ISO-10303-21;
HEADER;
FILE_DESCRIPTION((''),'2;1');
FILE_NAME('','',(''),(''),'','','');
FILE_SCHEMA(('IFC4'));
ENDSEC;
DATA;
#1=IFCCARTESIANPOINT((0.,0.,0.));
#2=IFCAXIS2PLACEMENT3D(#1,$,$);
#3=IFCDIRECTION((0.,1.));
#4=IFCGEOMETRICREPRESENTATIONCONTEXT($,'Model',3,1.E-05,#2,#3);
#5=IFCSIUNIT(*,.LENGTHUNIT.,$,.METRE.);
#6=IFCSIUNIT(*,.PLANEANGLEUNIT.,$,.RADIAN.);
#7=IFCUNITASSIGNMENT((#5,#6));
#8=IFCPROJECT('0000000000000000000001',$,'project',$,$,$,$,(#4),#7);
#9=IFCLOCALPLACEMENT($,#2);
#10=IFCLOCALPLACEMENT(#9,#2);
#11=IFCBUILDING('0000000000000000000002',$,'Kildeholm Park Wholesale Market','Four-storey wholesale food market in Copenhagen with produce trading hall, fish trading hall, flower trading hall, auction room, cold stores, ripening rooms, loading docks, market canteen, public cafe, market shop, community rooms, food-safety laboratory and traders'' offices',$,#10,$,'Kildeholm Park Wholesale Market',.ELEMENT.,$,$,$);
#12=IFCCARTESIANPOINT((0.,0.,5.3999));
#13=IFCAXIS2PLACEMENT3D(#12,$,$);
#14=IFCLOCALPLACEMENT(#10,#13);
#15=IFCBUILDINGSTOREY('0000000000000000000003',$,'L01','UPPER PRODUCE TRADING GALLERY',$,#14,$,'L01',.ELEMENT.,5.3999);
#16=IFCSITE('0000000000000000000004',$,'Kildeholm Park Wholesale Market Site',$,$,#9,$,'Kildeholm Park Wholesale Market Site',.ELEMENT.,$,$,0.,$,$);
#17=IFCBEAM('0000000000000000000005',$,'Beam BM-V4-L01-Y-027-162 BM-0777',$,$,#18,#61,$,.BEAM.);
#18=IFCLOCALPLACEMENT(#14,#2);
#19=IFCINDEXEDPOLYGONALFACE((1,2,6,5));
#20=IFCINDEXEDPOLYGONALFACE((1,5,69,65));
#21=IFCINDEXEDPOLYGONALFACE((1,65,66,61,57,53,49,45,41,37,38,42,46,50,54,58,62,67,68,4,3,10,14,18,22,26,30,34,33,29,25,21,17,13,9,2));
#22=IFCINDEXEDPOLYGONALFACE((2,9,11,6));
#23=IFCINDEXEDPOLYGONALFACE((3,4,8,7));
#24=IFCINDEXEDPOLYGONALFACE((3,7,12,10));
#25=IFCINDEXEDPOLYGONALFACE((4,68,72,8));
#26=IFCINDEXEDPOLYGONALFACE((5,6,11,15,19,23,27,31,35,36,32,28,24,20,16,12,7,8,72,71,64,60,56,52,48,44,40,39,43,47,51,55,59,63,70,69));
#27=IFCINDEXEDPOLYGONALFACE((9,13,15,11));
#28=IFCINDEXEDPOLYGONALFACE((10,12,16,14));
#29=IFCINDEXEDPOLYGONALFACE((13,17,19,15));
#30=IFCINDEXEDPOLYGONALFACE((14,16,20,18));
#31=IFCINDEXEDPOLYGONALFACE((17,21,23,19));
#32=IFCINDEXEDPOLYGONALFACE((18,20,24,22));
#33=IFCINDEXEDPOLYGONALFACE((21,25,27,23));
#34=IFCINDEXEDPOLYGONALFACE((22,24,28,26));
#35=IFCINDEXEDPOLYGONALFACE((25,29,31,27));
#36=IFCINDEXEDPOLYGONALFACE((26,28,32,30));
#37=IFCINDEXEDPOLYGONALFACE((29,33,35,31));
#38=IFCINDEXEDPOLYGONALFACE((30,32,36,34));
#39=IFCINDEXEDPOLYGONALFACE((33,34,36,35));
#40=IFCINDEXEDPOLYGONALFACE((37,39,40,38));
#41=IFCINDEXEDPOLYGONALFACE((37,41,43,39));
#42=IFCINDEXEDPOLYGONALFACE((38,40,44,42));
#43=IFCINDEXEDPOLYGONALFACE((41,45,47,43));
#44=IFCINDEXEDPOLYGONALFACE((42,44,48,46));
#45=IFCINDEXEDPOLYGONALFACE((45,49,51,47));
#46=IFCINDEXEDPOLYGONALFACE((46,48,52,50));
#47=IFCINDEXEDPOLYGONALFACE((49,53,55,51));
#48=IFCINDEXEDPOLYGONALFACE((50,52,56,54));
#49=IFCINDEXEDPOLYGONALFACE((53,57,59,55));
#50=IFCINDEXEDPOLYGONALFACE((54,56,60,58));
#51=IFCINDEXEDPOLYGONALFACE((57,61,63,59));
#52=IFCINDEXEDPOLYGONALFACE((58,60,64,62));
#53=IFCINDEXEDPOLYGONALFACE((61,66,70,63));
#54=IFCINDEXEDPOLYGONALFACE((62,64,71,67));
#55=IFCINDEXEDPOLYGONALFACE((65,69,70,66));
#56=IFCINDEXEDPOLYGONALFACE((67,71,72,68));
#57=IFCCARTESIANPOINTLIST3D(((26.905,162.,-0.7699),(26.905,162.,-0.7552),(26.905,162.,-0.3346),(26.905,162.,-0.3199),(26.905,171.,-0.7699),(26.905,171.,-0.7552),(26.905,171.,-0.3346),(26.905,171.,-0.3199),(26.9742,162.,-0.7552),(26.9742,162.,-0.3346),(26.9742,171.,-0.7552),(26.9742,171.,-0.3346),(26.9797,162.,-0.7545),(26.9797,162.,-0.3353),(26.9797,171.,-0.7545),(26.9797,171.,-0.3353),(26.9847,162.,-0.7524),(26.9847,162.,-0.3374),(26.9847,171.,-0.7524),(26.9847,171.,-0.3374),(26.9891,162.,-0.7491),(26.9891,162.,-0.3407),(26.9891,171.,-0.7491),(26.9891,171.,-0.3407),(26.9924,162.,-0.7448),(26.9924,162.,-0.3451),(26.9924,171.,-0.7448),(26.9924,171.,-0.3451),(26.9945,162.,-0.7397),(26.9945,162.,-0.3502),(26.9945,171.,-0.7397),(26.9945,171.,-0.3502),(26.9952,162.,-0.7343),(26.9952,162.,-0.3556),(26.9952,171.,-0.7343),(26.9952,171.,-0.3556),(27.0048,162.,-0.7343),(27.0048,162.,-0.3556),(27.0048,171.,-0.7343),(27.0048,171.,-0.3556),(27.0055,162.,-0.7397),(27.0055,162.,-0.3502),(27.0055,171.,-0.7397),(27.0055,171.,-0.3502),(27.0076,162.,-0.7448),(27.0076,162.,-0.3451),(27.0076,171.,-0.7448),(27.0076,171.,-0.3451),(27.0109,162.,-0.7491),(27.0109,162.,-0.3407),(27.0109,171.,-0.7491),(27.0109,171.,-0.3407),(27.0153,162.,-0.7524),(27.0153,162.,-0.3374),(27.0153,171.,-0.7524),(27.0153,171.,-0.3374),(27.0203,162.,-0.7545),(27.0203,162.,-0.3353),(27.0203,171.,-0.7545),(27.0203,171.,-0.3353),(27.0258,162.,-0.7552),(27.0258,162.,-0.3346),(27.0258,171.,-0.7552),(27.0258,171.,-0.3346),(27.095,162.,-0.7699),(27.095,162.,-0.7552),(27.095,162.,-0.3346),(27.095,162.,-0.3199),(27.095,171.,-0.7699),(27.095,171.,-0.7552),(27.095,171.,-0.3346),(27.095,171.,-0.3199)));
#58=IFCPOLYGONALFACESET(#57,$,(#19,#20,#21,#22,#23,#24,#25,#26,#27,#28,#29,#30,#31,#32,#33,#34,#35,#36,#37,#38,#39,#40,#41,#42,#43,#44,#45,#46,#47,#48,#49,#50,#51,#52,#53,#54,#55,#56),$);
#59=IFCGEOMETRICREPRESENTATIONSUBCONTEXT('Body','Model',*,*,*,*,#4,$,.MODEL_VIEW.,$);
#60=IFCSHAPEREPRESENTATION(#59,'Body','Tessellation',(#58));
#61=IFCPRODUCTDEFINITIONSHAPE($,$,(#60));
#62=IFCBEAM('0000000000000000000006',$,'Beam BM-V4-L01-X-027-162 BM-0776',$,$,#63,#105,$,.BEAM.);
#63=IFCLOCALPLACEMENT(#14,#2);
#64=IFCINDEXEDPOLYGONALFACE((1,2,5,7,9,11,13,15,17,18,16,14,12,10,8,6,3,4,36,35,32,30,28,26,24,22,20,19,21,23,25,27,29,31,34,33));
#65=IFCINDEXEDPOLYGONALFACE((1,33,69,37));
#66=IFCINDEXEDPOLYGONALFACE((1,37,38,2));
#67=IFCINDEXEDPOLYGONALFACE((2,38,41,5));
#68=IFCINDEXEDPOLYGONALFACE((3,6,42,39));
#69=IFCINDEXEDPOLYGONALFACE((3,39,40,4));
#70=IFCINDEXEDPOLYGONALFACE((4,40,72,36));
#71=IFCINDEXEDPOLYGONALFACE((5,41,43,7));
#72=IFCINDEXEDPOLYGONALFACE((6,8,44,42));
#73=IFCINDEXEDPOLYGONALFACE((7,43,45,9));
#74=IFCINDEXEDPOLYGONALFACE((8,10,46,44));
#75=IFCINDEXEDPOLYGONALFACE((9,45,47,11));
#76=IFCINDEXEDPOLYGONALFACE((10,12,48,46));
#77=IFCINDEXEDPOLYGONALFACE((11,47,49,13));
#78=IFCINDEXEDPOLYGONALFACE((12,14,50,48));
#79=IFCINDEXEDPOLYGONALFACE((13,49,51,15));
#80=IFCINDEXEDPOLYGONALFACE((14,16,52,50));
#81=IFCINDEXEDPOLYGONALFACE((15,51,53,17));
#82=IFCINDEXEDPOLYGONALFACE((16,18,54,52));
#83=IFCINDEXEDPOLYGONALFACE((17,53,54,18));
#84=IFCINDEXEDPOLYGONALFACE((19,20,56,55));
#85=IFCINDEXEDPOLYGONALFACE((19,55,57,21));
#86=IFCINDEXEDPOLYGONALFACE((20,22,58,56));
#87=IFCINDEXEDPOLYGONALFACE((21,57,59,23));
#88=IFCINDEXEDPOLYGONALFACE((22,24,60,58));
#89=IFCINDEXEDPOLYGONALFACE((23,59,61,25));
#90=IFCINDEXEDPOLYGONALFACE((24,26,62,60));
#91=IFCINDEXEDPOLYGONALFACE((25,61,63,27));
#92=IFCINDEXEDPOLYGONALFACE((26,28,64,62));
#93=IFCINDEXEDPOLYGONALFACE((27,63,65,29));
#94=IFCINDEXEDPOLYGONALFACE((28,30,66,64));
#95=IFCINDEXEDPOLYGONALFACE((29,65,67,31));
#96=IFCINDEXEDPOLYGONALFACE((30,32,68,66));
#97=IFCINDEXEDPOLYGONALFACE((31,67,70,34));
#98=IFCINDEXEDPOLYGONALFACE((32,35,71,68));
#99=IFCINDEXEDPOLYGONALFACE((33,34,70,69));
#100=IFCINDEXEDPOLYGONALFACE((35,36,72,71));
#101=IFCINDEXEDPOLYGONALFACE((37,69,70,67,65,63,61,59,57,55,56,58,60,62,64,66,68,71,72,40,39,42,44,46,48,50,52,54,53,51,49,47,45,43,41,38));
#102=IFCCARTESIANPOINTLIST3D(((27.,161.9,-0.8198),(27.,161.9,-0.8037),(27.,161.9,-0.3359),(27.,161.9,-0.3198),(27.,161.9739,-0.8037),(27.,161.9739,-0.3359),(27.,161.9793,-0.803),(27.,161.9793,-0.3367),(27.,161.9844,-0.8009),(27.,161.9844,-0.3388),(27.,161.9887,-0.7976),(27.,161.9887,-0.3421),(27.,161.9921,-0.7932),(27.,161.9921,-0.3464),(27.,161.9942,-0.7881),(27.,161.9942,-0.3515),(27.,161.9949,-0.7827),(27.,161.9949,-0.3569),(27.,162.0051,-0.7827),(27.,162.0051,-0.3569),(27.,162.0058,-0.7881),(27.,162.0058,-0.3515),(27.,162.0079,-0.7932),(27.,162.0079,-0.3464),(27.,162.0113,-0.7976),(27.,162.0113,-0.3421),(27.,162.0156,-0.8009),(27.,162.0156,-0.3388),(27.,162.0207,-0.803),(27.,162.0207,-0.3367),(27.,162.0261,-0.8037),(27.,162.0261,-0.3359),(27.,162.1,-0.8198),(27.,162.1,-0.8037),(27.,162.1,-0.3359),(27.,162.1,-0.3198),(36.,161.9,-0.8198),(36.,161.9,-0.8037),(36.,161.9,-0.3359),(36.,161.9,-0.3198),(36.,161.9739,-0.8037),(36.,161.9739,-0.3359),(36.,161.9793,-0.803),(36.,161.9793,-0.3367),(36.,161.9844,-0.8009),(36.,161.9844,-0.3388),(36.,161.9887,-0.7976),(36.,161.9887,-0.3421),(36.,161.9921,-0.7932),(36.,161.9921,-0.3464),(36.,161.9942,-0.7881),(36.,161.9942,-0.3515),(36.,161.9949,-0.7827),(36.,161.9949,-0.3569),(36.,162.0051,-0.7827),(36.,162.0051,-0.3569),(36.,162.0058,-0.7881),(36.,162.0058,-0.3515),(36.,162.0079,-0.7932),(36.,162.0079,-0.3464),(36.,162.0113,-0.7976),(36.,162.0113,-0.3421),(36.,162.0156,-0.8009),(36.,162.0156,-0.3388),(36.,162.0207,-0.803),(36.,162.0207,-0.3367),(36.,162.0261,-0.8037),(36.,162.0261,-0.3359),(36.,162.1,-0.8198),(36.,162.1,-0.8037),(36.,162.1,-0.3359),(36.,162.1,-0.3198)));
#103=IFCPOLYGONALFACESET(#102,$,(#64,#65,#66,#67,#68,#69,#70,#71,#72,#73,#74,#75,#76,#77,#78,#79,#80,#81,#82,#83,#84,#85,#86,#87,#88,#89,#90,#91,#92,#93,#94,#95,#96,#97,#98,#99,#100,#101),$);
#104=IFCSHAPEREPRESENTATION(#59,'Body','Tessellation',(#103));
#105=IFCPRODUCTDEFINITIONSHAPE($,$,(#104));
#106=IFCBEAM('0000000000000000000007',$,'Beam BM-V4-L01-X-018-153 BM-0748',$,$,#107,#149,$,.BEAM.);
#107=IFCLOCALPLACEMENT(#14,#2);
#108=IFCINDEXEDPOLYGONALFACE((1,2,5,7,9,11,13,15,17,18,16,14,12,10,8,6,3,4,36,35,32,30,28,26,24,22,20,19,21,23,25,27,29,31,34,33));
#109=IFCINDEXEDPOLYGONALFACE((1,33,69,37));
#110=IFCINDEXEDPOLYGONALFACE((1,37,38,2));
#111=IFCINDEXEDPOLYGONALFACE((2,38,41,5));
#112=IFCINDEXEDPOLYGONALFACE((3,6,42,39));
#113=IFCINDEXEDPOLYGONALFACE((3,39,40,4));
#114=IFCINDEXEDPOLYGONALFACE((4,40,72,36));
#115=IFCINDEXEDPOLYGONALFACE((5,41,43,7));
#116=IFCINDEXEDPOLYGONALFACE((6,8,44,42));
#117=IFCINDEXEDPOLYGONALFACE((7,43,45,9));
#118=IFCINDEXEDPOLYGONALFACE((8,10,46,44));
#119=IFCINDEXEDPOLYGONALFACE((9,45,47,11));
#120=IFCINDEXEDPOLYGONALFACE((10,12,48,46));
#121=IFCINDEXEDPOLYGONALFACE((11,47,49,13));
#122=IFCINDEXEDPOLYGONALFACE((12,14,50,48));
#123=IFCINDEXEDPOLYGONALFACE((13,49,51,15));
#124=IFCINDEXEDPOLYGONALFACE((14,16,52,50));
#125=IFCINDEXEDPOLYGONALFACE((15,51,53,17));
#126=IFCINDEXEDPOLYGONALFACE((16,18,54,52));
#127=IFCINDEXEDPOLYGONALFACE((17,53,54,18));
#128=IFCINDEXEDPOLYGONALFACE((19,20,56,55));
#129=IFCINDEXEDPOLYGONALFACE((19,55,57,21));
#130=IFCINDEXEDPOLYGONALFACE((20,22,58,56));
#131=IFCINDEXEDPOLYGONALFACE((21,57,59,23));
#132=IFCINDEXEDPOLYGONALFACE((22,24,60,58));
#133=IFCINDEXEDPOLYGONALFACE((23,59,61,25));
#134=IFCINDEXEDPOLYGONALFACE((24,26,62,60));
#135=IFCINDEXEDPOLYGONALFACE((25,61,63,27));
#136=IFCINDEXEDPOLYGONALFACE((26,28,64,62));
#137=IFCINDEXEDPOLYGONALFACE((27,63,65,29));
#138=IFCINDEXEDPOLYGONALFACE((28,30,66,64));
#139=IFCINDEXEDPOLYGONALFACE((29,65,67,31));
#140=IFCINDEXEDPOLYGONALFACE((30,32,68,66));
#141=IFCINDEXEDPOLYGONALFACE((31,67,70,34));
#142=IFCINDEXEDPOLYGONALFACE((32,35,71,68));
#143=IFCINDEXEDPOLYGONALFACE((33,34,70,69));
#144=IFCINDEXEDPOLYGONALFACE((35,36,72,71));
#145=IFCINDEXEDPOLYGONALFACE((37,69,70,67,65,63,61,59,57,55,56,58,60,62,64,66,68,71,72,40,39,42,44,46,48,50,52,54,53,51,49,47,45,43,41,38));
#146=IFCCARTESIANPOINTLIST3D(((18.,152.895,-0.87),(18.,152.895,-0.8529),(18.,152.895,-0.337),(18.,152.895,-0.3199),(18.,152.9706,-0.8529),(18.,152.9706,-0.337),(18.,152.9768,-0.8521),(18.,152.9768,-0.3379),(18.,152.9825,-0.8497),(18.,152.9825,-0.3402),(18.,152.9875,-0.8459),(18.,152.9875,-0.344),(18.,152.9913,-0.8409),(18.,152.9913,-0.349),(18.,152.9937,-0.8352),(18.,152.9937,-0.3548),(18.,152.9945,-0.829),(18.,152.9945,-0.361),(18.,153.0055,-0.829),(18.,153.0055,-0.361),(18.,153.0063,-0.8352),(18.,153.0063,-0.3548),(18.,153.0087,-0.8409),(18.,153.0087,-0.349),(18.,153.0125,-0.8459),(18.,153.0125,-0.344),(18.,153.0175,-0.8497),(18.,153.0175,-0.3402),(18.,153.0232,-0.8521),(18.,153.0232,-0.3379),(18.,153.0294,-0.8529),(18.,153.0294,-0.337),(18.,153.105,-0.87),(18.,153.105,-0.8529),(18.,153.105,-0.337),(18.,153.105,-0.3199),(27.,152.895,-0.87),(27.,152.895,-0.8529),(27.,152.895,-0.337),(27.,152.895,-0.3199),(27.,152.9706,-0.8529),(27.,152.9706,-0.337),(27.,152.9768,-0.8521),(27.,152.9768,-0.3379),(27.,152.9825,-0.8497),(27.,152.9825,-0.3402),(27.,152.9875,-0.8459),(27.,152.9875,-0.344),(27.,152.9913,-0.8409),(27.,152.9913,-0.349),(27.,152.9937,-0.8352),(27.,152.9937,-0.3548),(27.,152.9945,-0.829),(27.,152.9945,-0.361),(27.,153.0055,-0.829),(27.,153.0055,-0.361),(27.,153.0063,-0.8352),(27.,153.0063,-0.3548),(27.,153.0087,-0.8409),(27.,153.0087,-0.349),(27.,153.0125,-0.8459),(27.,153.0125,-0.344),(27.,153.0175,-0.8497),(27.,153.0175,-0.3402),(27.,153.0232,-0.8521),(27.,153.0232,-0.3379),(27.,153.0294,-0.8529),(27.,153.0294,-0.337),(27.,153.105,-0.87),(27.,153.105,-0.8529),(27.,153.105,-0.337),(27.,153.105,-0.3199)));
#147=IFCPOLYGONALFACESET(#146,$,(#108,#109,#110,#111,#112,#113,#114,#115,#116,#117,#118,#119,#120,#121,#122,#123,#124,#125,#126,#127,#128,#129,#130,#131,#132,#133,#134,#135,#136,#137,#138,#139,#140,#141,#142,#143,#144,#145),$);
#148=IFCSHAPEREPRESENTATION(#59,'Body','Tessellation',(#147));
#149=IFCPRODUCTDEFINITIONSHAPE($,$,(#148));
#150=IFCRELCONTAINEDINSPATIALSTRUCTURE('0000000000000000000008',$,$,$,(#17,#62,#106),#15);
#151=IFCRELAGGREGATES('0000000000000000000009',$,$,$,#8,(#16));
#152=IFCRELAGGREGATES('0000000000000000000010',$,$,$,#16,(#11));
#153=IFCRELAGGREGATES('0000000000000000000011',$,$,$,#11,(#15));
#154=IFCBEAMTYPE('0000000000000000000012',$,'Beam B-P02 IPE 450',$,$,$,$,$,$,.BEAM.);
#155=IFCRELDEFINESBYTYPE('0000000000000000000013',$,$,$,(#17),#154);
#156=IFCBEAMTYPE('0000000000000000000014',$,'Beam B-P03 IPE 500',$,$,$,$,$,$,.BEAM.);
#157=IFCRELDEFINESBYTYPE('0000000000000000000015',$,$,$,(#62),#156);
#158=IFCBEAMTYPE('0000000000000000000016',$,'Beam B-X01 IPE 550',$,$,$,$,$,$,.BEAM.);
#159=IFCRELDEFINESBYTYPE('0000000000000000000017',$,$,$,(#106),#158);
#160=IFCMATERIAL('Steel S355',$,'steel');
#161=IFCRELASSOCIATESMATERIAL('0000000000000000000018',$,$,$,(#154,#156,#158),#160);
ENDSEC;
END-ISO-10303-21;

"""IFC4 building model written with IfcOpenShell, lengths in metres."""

from ifc_helpers import new_model, si_unit, direction, frame, origin, origin_2d, place, context, subcontext, project, spatial, i_section, extrude, material, material_profile, profile_set, type_object, element, save


model = new_model("IFC4")

# Units and contexts
model_context = context("Model", 3, precision=1e-05, world=origin(), true_north=direction((0.0, 1.0)))
body_context = subcontext(model_context, "Body", "Model", "MODEL_VIEW")
ifc_project = project(units=[si_unit("LENGTHUNIT", "METRE"), si_unit("PLANEANGLEUNIT", "RADIAN")], contexts=[model_context])

# Site, building, storey
site_placement = place(None, origin())
site = spatial("IfcSite", under=ifc_project, at=site_placement, Name="Kildeholm Park Wholesale Market Site", LongName="Kildeholm Park Wholesale Market Site", CompositionType="ELEMENT", RefElevation=0.0)
building_placement = place(site_placement, origin())
building = spatial("IfcBuilding", under=site, at=building_placement, Name="Kildeholm Park Wholesale Market", Description="Four-storey wholesale food market in Copenhagen with produce trading hall, fish trading hall, flower trading hall, auction room, cold stores, ripening rooms, loading docks, market canteen, public cafe, market shop, community rooms, food-safety laboratory and traders' offices", LongName="Kildeholm Park Wholesale Market", CompositionType="ELEMENT")
storey_placement = place(building_placement, frame((0.0, 0.0, 5.3999)))
storey = spatial("IfcBuildingStorey", under=building, at=storey_placement, Name="L01", Description="UPPER PRODUCE TRADING GALLERY", LongName="L01", CompositionType="ELEMENT", Elevation=5.3999)

# Beams
ifc_material_1 = material(Name="Steel S355", Category="steel")
ifc_material_profile_1 = material_profile(ifc_material_1, i_section(OverallWidth=0.1899, OverallDepth=0.45, WebThickness=0.0095, FlangeThickness=0.0146, FilletRadius=0.021, at=origin_2d()), Name="IPE 450")
ifc_profile_set_1 = profile_set([ifc_material_profile_1], Name="Steel S355")
beam_type_1 = type_object("IfcBeamType", Name="Beam B-P02 IPE 450", PredefinedType="BEAM", material=ifc_profile_set_1)
for number, where, z_axis, x_axis, name in (
    (1, (27.0, 162.0, -0.5449), (0.0, 1.0, 0.0), (-1.0, 0.0, 0.0), "Beam BM-V4-L01-Y-027-162 BM-0777"),
):
    element("IfcBeam", number, at=place(storey_placement, frame(where, z_axis=z_axis, x_axis=x_axis)), inside=storey, type_object=beam_type_1, Name=name, PredefinedType="BEAM", context=body_context, shape_type="SweptSolid", body=[
        extrude(i_section(OverallWidth=0.1899, OverallDepth=0.45, WebThickness=0.0095, FlangeThickness=0.0146, FilletRadius=0.021, at=origin_2d()), origin(), (0.0, 0.0, 1.0), 9.0),
    ])
ifc_material_profile_2 = material_profile(ifc_material_1, i_section(OverallWidth=0.2, OverallDepth=0.5, WebThickness=0.0103, FlangeThickness=0.0161, FilletRadius=0.021, at=origin_2d()), Name="IPE 500")
ifc_profile_set_2 = profile_set([ifc_material_profile_2], Name="Steel S355")
beam_type_2 = type_object("IfcBeamType", Name="Beam B-P03 IPE 500", PredefinedType="BEAM", material=ifc_profile_set_2)
beam_1_placement = place(storey_placement, frame((27.0, 162.0, -0.5698), z_axis=(1.0, 0.0, 0.0), x_axis=(0.0, 1.0, 0.0)))
element("IfcBeam", 2, at=beam_1_placement, inside=storey, type_object=beam_type_2, Name="Beam BM-V4-L01-X-027-162 BM-0776", PredefinedType="BEAM", context=body_context, shape_type="SweptSolid", body=[
    extrude(i_section(OverallWidth=0.2, OverallDepth=0.5, WebThickness=0.0103, FlangeThickness=0.0161, FilletRadius=0.021, at=origin_2d()), origin(), (0.0, 0.0, 1.0), 9.0),
])
ifc_material_profile_3 = material_profile(ifc_material_1, i_section(OverallWidth=0.21, OverallDepth=0.55, WebThickness=0.011, FlangeThickness=0.0171, FilletRadius=0.0239, at=origin_2d()), Name="IPE 550")
ifc_profile_set_3 = profile_set([ifc_material_profile_3], Name="Steel S355")
beam_type_3 = type_object("IfcBeamType", Name="Beam B-X01 IPE 550", PredefinedType="BEAM", material=ifc_profile_set_3)
beam_2_placement = place(storey_placement, frame((18.0, 153.0, -0.595), z_axis=(1.0, 0.0, 0.0), x_axis=(0.0, 1.0, 0.0)))
element("IfcBeam", 3, at=beam_2_placement, inside=storey, type_object=beam_type_3, Name="Beam BM-V4-L01-X-018-153 BM-0748", PredefinedType="BEAM", context=body_context, shape_type="SweptSolid", body=[
    extrude(i_section(OverallWidth=0.21, OverallDepth=0.55, WebThickness=0.011, FlangeThickness=0.0171, FilletRadius=0.0239, at=origin_2d()), origin(), (0.0, 0.0, 1.0), 9.0),
])

save(model, "model.ifc")
